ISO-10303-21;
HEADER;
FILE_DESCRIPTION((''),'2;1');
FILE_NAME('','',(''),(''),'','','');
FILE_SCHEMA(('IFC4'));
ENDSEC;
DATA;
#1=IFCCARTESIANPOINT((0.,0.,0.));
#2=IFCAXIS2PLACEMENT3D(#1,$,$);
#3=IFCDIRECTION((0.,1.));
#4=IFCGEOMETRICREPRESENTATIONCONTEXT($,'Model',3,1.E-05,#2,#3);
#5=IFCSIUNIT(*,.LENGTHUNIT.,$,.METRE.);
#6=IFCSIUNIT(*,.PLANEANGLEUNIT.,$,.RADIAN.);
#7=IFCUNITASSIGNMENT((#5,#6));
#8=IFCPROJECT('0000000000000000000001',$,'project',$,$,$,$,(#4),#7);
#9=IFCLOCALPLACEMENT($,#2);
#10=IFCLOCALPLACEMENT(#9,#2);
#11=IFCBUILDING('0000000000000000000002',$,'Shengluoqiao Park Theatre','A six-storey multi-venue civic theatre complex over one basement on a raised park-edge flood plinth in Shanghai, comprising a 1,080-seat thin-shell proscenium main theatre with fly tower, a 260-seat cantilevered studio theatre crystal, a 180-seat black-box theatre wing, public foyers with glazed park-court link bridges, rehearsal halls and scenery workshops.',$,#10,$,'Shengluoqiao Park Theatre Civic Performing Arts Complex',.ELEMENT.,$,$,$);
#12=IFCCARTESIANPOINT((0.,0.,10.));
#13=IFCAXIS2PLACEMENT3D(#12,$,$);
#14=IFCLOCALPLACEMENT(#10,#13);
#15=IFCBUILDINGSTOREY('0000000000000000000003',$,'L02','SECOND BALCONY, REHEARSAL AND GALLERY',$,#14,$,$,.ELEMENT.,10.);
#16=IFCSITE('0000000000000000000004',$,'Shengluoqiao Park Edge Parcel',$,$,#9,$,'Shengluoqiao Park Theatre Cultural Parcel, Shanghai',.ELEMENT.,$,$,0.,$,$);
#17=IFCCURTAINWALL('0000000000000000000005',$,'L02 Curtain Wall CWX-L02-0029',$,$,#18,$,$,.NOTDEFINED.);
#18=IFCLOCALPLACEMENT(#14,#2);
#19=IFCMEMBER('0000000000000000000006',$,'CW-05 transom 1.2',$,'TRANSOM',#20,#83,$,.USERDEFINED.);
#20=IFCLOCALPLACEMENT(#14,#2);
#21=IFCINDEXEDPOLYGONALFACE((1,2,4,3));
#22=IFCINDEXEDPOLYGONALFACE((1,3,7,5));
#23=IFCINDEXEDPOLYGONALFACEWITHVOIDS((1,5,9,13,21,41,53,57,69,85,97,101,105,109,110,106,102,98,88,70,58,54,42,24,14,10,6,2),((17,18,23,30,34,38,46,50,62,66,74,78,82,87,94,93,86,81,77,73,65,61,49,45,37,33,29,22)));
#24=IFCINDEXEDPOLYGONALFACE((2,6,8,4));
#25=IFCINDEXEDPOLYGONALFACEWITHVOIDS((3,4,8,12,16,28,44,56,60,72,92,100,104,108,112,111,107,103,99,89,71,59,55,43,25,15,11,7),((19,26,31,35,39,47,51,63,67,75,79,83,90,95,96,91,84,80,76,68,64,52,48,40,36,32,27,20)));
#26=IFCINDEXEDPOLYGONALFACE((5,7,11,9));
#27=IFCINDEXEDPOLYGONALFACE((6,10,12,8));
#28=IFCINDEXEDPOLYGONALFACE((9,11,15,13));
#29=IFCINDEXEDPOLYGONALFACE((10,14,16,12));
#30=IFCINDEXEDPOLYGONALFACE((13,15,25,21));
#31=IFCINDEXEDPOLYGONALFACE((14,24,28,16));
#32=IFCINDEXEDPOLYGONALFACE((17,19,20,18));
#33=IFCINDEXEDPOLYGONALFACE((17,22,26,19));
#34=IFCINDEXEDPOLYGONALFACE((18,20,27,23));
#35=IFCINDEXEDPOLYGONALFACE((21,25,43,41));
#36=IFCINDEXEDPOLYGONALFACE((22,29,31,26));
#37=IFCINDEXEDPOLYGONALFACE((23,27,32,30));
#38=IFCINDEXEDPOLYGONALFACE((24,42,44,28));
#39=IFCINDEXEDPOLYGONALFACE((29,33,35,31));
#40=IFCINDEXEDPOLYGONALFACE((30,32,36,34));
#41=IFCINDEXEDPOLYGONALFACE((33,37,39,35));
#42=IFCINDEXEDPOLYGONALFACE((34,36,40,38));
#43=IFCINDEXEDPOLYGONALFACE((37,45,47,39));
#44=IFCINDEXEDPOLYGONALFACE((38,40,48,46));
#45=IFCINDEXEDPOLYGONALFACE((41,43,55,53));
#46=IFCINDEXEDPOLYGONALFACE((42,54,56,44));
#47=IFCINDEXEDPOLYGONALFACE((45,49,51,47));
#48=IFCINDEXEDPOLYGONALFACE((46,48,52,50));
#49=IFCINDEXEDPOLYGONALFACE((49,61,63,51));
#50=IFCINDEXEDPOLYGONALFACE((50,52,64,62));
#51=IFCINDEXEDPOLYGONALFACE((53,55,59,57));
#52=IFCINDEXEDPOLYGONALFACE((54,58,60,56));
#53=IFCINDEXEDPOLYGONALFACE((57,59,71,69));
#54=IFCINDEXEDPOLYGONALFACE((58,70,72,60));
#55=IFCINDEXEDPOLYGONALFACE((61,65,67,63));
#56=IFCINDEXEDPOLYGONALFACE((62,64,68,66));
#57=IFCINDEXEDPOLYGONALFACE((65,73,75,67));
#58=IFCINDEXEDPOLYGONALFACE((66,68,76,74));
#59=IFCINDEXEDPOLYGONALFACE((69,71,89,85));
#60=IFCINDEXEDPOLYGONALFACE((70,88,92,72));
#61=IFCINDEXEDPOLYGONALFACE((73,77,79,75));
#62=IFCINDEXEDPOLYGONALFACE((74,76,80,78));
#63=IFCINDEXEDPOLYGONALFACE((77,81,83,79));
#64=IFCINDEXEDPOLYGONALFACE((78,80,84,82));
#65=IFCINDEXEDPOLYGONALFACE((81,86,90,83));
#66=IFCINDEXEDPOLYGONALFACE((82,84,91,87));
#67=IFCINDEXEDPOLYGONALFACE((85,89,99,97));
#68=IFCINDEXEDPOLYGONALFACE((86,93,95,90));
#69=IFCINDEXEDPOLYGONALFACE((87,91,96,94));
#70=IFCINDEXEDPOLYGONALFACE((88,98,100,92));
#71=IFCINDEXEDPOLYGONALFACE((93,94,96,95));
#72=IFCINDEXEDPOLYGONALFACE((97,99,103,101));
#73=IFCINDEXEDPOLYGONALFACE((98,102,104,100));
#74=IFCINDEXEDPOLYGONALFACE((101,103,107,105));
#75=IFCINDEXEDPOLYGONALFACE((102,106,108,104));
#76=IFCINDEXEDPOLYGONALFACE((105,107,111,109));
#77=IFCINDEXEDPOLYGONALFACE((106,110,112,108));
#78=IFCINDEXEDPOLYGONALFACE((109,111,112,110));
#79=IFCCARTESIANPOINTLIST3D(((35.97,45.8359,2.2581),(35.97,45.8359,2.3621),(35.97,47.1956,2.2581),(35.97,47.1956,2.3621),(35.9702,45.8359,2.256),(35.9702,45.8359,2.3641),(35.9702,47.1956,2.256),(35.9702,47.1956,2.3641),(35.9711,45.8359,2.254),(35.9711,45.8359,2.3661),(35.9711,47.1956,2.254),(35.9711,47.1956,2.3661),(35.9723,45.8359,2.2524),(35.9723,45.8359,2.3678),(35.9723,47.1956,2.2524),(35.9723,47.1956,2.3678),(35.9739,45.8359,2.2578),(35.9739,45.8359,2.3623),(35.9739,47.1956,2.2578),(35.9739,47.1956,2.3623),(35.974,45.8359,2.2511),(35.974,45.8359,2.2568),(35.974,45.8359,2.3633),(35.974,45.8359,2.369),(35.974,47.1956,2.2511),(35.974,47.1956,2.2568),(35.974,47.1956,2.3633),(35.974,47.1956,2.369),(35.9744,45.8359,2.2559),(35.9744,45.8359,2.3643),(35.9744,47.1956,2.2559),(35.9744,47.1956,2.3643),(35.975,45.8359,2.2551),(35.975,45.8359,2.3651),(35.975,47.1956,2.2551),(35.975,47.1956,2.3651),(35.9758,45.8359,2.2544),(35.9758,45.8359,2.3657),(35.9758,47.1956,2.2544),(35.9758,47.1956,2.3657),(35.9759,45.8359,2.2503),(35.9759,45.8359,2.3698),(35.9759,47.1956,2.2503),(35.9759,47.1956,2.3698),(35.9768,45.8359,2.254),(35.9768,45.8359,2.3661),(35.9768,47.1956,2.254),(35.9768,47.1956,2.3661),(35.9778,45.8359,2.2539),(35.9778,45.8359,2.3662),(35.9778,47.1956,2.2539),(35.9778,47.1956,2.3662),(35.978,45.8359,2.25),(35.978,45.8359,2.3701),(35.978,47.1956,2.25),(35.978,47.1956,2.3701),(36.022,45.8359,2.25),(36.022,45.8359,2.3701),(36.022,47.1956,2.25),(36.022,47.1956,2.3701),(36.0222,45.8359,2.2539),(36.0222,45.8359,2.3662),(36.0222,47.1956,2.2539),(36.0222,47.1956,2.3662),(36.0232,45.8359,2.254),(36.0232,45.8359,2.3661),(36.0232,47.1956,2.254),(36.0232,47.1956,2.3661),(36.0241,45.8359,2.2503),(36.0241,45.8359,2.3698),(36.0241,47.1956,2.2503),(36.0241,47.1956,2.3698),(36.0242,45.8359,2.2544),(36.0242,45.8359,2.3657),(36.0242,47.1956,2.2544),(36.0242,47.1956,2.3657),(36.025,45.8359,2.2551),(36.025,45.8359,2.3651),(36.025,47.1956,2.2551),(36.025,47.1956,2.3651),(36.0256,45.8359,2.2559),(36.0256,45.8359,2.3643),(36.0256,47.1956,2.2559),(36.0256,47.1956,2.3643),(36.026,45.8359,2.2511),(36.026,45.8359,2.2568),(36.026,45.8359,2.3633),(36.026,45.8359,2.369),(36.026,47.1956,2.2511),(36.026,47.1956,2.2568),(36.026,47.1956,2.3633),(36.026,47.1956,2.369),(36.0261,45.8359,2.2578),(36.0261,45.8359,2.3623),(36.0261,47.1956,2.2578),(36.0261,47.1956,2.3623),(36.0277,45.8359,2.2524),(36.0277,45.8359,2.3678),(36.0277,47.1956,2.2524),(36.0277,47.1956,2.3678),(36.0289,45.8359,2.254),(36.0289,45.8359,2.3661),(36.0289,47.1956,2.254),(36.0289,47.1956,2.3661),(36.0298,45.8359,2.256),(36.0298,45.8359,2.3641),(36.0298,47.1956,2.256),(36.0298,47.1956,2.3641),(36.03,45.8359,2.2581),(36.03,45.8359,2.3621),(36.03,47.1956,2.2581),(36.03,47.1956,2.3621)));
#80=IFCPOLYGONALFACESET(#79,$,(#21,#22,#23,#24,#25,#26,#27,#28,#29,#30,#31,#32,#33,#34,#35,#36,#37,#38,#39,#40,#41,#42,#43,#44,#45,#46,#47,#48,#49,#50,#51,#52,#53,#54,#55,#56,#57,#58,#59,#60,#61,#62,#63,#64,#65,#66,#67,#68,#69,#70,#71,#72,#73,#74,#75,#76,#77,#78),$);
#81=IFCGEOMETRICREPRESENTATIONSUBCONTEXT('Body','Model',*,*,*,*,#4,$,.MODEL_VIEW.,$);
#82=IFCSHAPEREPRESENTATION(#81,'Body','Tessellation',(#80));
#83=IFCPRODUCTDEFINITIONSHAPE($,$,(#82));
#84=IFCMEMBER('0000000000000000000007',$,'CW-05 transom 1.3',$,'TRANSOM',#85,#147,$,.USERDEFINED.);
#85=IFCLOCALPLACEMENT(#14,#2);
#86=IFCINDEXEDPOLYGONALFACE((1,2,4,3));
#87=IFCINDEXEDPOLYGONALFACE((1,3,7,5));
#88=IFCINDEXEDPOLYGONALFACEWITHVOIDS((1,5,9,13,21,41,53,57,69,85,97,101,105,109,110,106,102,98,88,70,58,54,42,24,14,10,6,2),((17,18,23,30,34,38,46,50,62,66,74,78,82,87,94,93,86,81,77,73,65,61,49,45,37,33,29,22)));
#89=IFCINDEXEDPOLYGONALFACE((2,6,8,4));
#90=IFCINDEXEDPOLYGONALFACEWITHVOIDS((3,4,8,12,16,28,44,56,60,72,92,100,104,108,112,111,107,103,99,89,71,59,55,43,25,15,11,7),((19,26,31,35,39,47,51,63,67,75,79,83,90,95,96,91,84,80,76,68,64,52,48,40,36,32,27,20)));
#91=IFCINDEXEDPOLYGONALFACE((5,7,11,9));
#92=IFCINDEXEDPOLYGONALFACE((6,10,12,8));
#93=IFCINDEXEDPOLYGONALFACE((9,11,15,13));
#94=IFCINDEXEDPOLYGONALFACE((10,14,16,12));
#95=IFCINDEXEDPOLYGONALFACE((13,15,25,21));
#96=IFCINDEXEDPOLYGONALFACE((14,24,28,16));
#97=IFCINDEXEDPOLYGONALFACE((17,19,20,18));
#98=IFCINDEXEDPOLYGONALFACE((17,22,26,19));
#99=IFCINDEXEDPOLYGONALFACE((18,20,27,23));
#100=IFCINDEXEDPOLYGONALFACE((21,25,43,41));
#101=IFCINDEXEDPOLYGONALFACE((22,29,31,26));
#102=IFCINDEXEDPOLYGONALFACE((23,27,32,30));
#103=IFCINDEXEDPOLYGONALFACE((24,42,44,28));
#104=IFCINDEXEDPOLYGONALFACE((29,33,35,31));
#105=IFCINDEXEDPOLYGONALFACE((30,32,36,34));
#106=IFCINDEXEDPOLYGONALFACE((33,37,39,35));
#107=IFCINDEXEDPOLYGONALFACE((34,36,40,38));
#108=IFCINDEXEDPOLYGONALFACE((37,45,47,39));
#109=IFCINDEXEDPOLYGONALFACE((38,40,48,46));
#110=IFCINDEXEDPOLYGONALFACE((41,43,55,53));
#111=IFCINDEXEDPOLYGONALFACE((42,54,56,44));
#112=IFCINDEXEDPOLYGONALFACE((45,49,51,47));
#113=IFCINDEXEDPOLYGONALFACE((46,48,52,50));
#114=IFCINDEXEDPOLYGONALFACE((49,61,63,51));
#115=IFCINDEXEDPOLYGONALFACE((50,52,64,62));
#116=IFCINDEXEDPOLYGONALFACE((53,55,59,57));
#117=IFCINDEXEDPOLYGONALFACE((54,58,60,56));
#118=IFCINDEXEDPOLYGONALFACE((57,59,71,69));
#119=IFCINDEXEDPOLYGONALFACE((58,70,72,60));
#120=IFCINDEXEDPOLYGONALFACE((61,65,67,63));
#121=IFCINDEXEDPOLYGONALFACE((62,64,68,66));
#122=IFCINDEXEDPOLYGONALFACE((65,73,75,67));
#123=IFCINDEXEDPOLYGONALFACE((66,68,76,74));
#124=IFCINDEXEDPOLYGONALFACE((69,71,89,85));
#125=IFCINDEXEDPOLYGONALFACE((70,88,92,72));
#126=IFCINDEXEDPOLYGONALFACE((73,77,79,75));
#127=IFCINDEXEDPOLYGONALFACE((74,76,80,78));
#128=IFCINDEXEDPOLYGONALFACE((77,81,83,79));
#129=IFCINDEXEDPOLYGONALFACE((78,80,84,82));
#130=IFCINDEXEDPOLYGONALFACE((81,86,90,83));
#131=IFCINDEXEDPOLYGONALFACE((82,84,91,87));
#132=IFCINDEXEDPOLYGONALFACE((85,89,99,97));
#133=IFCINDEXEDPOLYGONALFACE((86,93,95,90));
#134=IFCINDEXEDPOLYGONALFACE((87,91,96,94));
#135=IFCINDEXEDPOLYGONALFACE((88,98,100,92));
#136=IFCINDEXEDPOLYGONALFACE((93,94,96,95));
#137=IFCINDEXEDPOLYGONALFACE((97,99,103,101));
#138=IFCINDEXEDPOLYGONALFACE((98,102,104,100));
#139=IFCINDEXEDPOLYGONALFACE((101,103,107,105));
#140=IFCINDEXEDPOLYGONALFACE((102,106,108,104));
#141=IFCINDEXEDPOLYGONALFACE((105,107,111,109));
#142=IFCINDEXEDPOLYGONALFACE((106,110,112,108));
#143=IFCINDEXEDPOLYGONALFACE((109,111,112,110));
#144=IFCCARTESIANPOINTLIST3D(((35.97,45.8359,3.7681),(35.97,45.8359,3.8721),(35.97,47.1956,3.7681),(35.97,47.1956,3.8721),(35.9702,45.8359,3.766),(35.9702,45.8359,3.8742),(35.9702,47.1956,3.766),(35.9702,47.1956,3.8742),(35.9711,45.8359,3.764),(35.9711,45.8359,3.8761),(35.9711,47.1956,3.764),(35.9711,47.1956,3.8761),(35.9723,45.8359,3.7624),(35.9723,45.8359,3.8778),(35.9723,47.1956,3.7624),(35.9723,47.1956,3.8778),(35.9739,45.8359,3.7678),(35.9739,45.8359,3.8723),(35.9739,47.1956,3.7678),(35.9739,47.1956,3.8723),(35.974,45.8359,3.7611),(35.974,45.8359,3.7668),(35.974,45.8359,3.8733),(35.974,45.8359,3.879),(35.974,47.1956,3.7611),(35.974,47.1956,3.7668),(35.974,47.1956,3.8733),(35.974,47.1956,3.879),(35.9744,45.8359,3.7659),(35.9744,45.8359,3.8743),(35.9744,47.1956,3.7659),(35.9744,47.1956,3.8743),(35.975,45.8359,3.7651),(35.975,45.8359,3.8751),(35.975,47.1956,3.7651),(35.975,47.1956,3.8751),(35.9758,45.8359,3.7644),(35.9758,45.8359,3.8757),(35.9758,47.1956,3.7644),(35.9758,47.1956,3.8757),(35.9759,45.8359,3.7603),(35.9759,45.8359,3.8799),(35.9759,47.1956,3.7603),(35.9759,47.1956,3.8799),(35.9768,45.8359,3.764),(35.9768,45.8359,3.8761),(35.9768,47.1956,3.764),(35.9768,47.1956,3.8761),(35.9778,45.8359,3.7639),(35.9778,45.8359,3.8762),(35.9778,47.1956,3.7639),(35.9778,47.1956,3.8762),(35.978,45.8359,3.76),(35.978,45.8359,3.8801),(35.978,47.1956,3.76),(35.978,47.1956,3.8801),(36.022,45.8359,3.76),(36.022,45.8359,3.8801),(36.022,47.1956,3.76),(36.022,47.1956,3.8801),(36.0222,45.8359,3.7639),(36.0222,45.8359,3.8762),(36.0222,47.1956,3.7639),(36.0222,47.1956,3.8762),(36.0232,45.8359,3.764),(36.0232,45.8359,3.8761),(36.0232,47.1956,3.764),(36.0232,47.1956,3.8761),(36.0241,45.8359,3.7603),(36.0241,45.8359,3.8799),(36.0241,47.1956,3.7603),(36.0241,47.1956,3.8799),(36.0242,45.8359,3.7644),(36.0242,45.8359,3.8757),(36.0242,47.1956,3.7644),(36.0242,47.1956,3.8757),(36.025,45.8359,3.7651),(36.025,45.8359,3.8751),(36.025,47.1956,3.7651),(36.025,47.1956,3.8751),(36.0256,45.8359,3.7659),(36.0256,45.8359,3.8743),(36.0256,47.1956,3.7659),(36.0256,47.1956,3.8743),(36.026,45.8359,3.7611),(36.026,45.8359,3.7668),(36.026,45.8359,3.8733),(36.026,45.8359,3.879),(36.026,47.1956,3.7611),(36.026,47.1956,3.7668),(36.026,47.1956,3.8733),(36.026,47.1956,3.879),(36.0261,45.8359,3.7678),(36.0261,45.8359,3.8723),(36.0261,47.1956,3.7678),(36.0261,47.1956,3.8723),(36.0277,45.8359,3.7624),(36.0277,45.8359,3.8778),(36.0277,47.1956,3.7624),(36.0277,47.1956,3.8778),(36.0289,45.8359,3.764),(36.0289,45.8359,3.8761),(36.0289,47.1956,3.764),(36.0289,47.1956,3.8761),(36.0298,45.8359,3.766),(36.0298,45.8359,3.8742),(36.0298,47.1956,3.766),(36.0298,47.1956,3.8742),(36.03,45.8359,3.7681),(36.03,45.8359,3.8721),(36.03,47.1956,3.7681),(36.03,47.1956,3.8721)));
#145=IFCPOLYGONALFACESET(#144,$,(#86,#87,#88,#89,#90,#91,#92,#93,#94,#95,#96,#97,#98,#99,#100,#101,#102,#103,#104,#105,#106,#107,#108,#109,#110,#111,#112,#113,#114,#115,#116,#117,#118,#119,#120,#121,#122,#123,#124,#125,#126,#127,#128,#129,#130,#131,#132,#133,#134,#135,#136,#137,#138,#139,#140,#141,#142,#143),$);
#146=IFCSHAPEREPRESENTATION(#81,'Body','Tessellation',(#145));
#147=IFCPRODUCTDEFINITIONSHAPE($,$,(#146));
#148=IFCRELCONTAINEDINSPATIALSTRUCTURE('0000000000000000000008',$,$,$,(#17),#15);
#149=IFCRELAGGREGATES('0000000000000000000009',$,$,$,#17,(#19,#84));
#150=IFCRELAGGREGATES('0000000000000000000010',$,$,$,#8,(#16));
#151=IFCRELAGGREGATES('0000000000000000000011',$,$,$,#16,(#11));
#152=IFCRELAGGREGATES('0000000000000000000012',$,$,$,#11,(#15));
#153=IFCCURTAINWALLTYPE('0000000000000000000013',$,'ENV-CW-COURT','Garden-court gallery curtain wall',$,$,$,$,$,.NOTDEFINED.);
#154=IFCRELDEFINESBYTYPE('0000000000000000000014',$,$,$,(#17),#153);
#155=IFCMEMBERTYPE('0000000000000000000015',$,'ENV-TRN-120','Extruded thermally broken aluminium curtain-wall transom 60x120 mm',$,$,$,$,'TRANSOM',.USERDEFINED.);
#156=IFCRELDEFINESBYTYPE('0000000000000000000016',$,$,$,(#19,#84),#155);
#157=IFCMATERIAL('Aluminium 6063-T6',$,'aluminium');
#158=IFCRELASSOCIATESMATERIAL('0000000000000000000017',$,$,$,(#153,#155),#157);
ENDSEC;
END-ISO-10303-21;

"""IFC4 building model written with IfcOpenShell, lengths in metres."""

from ifc_helpers import new_model, si_unit, direction, frame, origin, origin_2d, place, context, subcontext, project, spatial, hollow_rectangle, extrude, material, material_profile, profile_set, type_object, element, aggregate, save


model = new_model("IFC4")

# Units and contexts
model_context = context("Model", 3, precision=1e-05, world=origin(), true_north=direction((0.0, 1.0)))
body_context = subcontext(model_context, "Body", "Model", "MODEL_VIEW")
ifc_project = project(units=[si_unit("LENGTHUNIT", "METRE"), si_unit("PLANEANGLEUNIT", "RADIAN")], contexts=[model_context])

# Site, building, storey
site_placement = place(None, origin())
site = spatial("IfcSite", under=ifc_project, at=site_placement, Name="Shengluoqiao Park Edge Parcel", LongName="Shengluoqiao Park Theatre Cultural Parcel, Shanghai", CompositionType="ELEMENT", RefElevation=0.0)
building_placement = place(site_placement, origin())
building = spatial("IfcBuilding", under=site, at=building_placement, Name="Shengluoqiao Park Theatre", Description="A six-storey multi-venue civic theatre complex over one basement on a raised park-edge flood plinth in Shanghai, comprising a 1,080-seat thin-shell proscenium main theatre with fly tower, a 260-seat cantilevered studio theatre crystal, a 180-seat black-box theatre wing, public foyers with glazed park-court link bridges, rehearsal halls and scenery workshops.", LongName="Shengluoqiao Park Theatre Civic Performing Arts Complex", CompositionType="ELEMENT")
storey_placement = place(building_placement, frame((0.0, 0.0, 10.0)))
storey = spatial("IfcBuildingStorey", under=building, at=storey_placement, Name="L02", Description="SECOND BALCONY, REHEARSAL AND GALLERY", CompositionType="ELEMENT", Elevation=10.0)

# Curtain wall
ifc_material_1 = material(Name="Aluminium 6063-T6", Category="aluminium")
curtain_wall_type = type_object("IfcCurtainWallType", Name="ENV-CW-COURT", Description="Garden-court gallery curtain wall", PredefinedType="NOTDEFINED", material=ifc_material_1)
curtain_wall_1_placement = place(storey_placement, origin())
curtain_wall_1 = element("IfcCurtainWall", 1, at=curtain_wall_1_placement, inside=storey, type_object=curtain_wall_type, Name="L02 Curtain Wall CWX-L02-0029", PredefinedType="NOTDEFINED")

# Members
ifc_material_profile_1 = material_profile(ifc_material_1, hollow_rectangle(XDim=0.0601, YDim=0.1201, WallThickness=0.0039, InnerFilletRadius=0.0039, OuterFilletRadius=0.0081, at=origin_2d()), Name="ALU TRANSOM 120x60x4")
ifc_profile_set_1 = profile_set([ifc_material_profile_1], Name="Aluminium 6063-T6")
member_type_1 = type_object("IfcMemberType", Name="ENV-TRN-120", Description="Extruded thermally broken aluminium curtain-wall transom 60x120 mm", ElementType="TRANSOM", PredefinedType="USERDEFINED", material=ifc_profile_set_1)
member_1_placement = place(storey_placement, frame((36.0, 45.8359, 2.3101), z_axis=(0.0, 1.0, 0.0), x_axis=(-1.0, 0.0, 0.0)))
member_1 = element("IfcMember", 2, at=member_1_placement, type_object=member_type_1, Name="CW-05 transom 1.2", ObjectType="TRANSOM", PredefinedType="USERDEFINED", context=body_context, shape_type="SweptSolid", body=[
    extrude(hollow_rectangle(XDim=0.0601, YDim=0.1201, WallThickness=0.0039, InnerFilletRadius=0.0039, OuterFilletRadius=0.0081, at=origin_2d()), origin(), (0.0, 0.0, 1.0), 1.3596),
])
member_2_placement = place(storey_placement, frame((36.0, 45.8359, 3.8201), z_axis=(0.0, 1.0, 0.0), x_axis=(-1.0, 0.0, 0.0)))
member_2 = element("IfcMember", 3, at=member_2_placement, type_object=member_type_1, Name="CW-05 transom 1.3", ObjectType="TRANSOM", PredefinedType="USERDEFINED", context=body_context, shape_type="SweptSolid", body=[
    extrude(hollow_rectangle(XDim=0.0601, YDim=0.1201, WallThickness=0.0039, InnerFilletRadius=0.0039, OuterFilletRadius=0.0081, at=origin_2d()), origin(), (0.0, 0.0, 1.0), 1.3596),
])

aggregate(curtain_wall_1, [member_1, member_2])

save(model, "model.ifc")
